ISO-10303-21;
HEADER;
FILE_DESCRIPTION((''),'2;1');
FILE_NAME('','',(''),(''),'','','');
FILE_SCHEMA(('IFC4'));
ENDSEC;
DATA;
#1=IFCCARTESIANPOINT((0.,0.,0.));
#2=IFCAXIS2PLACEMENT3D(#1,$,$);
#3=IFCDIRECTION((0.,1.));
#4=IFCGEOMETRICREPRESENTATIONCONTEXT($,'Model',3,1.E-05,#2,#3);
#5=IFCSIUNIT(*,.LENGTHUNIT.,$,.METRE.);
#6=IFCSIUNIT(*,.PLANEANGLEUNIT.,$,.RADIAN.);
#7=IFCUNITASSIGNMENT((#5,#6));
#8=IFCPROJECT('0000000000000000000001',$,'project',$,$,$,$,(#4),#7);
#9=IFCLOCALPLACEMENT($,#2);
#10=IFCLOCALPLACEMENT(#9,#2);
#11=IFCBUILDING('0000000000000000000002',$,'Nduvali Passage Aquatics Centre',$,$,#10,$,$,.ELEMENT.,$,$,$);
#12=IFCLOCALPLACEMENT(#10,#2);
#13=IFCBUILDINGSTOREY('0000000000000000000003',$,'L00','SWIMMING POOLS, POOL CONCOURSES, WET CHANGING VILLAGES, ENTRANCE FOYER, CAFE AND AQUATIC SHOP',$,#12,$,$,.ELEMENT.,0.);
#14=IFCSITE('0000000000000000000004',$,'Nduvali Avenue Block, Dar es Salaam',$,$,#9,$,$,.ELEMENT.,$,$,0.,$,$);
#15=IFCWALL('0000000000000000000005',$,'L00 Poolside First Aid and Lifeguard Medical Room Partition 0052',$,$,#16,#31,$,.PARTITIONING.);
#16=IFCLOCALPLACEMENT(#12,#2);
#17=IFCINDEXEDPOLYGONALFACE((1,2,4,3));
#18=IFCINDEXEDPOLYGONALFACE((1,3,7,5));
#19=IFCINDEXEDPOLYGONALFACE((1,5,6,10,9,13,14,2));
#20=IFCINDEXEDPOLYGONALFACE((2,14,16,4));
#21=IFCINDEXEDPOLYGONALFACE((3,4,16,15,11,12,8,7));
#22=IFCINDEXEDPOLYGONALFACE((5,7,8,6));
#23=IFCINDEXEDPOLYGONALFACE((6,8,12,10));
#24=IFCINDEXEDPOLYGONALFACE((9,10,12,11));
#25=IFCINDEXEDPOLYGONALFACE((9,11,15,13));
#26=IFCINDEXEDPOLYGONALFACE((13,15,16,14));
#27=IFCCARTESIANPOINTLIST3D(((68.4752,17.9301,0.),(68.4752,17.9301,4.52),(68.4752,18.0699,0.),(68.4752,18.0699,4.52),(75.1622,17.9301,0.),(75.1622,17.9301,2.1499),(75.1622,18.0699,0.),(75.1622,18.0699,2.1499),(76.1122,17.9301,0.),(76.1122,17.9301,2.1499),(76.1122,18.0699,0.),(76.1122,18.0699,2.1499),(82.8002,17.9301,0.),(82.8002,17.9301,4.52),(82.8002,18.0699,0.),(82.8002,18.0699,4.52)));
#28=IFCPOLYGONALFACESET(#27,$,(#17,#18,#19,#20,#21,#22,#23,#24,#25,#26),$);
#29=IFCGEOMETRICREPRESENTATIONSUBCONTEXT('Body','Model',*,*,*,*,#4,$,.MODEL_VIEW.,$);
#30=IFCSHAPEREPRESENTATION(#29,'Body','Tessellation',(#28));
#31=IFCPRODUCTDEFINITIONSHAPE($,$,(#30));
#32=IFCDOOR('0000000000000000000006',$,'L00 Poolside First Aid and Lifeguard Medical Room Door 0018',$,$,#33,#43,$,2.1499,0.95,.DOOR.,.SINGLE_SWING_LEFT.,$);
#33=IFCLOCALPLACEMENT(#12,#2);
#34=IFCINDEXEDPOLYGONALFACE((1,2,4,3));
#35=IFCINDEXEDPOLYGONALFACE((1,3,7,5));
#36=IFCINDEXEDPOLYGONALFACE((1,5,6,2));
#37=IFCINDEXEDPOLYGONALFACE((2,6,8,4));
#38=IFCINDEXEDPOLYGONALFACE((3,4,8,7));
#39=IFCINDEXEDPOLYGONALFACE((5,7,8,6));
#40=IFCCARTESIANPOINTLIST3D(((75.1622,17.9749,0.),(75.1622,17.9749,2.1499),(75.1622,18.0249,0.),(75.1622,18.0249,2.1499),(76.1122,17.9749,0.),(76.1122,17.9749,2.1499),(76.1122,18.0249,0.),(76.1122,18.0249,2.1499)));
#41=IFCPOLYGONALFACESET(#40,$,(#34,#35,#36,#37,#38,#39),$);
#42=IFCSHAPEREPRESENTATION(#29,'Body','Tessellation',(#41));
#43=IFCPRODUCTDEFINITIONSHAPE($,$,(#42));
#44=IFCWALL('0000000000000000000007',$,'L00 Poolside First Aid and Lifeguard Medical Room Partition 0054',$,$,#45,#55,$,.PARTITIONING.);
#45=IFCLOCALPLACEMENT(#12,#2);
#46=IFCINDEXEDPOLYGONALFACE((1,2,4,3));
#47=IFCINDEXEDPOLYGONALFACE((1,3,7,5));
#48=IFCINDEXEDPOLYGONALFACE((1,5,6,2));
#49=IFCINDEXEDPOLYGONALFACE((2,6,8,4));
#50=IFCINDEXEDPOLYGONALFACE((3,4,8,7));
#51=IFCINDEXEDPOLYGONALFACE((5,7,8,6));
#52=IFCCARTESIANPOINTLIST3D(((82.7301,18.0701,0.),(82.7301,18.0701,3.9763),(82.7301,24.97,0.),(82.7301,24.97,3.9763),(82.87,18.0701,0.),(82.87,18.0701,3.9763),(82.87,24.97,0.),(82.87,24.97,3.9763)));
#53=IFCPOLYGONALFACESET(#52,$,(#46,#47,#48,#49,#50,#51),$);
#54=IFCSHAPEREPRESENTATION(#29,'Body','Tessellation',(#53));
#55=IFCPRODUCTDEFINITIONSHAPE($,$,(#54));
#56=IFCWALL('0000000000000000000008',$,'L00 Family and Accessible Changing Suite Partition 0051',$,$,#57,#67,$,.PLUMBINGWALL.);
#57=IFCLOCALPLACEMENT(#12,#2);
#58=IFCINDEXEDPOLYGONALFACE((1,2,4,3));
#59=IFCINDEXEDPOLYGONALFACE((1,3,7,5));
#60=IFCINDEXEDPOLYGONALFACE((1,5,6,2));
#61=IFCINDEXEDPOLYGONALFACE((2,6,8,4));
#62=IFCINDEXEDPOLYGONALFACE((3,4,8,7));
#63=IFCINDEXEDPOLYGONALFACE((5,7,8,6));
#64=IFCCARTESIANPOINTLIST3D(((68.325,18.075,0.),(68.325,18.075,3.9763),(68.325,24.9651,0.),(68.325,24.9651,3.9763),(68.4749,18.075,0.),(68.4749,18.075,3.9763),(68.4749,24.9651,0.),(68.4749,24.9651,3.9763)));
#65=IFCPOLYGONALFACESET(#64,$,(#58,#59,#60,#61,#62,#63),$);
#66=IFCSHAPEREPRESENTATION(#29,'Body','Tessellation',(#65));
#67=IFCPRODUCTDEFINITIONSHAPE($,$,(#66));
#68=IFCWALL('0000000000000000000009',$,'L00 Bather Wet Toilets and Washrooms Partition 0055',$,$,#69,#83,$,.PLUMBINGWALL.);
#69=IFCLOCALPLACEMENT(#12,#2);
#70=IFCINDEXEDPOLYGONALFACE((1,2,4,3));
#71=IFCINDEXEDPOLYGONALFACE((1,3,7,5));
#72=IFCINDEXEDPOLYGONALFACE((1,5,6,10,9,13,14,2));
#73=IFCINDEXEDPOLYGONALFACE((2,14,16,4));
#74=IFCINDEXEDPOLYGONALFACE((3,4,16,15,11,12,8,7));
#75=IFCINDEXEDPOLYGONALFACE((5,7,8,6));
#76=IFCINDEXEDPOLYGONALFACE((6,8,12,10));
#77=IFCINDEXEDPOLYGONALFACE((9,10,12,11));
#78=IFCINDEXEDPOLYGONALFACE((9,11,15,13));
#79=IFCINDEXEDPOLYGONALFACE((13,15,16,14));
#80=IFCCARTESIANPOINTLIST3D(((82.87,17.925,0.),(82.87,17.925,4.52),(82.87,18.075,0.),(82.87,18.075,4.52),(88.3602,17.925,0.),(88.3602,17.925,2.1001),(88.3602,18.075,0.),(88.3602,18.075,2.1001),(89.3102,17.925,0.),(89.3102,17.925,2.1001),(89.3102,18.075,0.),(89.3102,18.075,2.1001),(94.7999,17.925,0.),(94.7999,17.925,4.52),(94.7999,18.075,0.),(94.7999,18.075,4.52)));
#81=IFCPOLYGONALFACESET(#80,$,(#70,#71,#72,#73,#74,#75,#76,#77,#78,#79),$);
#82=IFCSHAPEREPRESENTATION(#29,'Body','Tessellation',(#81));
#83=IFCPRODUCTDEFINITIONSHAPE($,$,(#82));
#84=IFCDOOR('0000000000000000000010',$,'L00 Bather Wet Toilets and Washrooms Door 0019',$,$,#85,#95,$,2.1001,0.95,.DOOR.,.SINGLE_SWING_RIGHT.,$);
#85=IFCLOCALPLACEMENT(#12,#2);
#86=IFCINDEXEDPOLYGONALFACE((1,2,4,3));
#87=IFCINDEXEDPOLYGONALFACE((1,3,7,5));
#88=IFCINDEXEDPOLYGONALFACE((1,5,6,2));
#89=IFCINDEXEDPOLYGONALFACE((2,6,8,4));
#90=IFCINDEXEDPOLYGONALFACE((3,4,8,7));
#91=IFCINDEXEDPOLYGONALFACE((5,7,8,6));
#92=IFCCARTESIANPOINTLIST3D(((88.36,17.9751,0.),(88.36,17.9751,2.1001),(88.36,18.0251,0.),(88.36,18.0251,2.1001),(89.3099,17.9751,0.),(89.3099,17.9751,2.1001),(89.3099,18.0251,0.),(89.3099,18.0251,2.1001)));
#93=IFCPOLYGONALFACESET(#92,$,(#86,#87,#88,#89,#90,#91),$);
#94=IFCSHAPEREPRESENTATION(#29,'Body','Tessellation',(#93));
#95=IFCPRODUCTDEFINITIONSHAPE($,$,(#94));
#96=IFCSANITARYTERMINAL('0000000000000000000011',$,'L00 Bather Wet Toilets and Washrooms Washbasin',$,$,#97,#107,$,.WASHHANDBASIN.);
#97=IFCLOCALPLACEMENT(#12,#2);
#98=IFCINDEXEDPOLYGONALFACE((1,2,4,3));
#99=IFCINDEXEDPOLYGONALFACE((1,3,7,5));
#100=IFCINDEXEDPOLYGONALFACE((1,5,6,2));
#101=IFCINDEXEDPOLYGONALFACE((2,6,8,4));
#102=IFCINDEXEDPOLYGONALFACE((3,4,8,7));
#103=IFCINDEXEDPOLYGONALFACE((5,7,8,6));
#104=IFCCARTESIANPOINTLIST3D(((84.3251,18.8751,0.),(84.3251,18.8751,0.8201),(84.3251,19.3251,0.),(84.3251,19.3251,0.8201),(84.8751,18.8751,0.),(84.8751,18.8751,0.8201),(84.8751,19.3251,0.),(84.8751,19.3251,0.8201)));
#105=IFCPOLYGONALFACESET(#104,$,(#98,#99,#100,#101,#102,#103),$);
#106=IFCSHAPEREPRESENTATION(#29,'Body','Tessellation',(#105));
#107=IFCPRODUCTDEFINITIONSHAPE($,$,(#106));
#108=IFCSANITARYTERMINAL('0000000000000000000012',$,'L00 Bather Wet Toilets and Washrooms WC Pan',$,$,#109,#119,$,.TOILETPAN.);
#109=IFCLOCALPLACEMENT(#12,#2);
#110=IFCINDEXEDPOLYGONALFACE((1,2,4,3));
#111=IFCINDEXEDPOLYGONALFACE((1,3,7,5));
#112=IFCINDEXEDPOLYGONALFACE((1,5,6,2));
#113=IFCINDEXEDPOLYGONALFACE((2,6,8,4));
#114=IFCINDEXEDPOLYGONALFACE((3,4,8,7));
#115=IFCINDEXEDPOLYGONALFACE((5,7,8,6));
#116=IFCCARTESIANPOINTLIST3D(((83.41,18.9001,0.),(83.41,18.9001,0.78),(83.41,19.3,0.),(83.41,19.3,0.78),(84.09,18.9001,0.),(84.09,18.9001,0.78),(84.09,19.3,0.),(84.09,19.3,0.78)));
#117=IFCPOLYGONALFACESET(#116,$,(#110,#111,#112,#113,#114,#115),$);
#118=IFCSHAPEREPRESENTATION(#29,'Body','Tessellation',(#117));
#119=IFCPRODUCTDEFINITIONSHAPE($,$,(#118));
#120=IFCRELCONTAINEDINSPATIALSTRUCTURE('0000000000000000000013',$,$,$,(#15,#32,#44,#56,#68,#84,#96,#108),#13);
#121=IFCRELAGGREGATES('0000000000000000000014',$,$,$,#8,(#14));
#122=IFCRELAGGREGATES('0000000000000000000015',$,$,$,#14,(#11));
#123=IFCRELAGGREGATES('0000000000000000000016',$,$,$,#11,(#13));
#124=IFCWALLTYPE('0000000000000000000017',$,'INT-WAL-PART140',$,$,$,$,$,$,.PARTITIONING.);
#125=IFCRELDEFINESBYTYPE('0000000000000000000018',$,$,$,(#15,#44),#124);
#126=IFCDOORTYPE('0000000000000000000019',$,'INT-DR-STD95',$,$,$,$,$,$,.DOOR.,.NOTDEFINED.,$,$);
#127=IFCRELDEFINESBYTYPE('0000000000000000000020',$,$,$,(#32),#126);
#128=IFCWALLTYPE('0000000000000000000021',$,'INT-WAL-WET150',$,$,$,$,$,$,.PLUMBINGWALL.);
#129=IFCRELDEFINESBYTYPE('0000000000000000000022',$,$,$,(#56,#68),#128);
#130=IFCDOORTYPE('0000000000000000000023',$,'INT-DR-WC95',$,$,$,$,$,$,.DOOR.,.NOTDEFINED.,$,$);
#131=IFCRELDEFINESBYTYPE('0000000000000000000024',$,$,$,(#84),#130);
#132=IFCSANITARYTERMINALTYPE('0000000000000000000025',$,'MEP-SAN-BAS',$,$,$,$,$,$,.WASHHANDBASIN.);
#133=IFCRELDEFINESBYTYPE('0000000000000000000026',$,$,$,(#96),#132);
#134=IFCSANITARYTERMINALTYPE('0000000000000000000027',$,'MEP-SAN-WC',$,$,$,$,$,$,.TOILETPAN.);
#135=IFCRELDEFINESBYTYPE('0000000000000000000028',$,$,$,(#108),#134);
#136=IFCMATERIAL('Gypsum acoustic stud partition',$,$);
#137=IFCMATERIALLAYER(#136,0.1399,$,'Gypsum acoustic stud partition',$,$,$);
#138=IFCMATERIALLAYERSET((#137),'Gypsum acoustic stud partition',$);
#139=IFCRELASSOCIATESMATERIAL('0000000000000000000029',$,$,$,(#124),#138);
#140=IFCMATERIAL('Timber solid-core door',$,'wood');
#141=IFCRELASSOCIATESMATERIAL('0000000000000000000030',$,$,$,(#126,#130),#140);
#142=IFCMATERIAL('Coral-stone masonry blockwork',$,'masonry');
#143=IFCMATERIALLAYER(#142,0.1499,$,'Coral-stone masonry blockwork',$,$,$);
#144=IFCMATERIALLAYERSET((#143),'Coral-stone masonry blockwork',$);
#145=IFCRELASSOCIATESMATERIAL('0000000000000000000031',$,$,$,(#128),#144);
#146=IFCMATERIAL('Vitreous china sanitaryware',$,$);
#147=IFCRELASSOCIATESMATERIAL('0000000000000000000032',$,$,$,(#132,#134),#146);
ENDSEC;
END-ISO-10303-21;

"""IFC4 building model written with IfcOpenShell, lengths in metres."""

from ifc_helpers import new_model, si_unit, direction, frame, frame_2d, origin, origin_2d, place, context, subcontext, project, spatial, rectangle, extrude, material, layer, layer_set, type_object, element, fill, save


model = new_model("IFC4")

# Units and contexts
model_context = context("Model", 3, precision=1e-05, world=origin(), true_north=direction((0.0, 1.0)))
body_context = subcontext(model_context, "Body", "Model", "MODEL_VIEW")
ifc_project = project(units=[si_unit("LENGTHUNIT", "METRE"), si_unit("PLANEANGLEUNIT", "RADIAN")], contexts=[model_context])

# Site, building, storey
site_placement = place(None, origin())
site = spatial("IfcSite", under=ifc_project, at=site_placement, Name="Nduvali Avenue Block, Dar es Salaam", CompositionType="ELEMENT", RefElevation=0.0)
building_placement = place(site_placement, origin())
building = spatial("IfcBuilding", under=site, at=building_placement, Name="Nduvali Passage Aquatics Centre", CompositionType="ELEMENT")
storey_placement = place(building_placement, origin())
storey = spatial("IfcBuildingStorey", under=building, at=storey_placement, Name="L00", Description="SWIMMING POOLS, POOL CONCOURSES, WET CHANGING VILLAGES, ENTRANCE FOYER, CAFE AND AQUATIC SHOP", CompositionType="ELEMENT", Elevation=0.0)

# Wall, opening, door
ifc_material_1 = material(Name="Gypsum acoustic stud partition")
ifc_layer_1 = layer(ifc_material_1, 0.1399, Name="Gypsum acoustic stud partition")
ifc_layer_set_1 = layer_set([ifc_layer_1], Name="Gypsum acoustic stud partition")
wall_type_1 = type_object("IfcWallType", Name="INT-WAL-PART140", PredefinedType="PARTITIONING", material=ifc_layer_set_1)
wall_1_placement = place(storey_placement, frame((68.4751, 18.0, 0.0), z_axis=(0.0, 0.0, 1.0), x_axis=(1.0, 0.0, 0.0)))
wall_1 = element("IfcWall", 1, at=wall_1_placement, inside=storey, type_object=wall_type_1, Name="L00 Poolside First Aid and Lifeguard Medical Room Partition 0052", PredefinedType="PARTITIONING", context=body_context, shape_type="SweptSolid", body=[
    extrude(rectangle(XDim=14.325, YDim=0.1399, at=frame_2d((7.1626, 0.0))), origin(), (0.0, 0.0, 1.0), 4.52),
])
opening_1_placement = place(wall_1_placement, frame((6.687, 0.0, 0.0)))
opening_1 = element("IfcOpeningElement", 2, at=opening_1_placement, cuts=wall_1, PredefinedType="OPENING", context=body_context, shape_type="SweptSolid", body=[
    extrude(rectangle(XDim=0.95, YDim=2.1499, at=frame_2d((0.4751, 1.075))), frame((0.0, 0.085, 0.0), z_axis=(0.0, -1.0, 0.0), x_axis=(1.0, 0.0, 0.0)), (0.0, 0.0, 1.0), 0.1697),
])
ifc_material_2 = material(Name="Timber solid-core door", Category="wood")
door_type_1 = type_object("IfcDoorType", Name="INT-DR-STD95", OperationType="NOTDEFINED", PredefinedType="DOOR", material=ifc_material_2)
door_1_placement = place(opening_1_placement, origin())
door_1 = element("IfcDoor", 3, at=door_1_placement, inside=storey, type_object=door_type_1, Name="L00 Poolside First Aid and Lifeguard Medical Room Door 0018", OperationType="SINGLE_SWING_LEFT", OverallHeight=2.1499, OverallWidth=0.95, PredefinedType="DOOR", context=body_context, shape_type="SweptSolid", body=[
    extrude(rectangle(XDim=0.95, YDim=2.1499, at=frame_2d((0.4751, 1.075))), frame((0.0, 0.0249, 0.0), z_axis=(0.0, -1.0, 0.0), x_axis=(1.0, 0.0, 0.0)), (0.0, 0.0, 1.0), 0.05),
])
fill(opening_1, door_1)

# Walls
wall_2_placement = place(storey_placement, frame((82.8, 18.0701, 0.0), z_axis=(0.0, 0.0, 1.0), x_axis=(0.0, 1.0, 0.0)))
element("IfcWall", 4, at=wall_2_placement, inside=storey, type_object=wall_type_1, Name="L00 Poolside First Aid and Lifeguard Medical Room Partition 0054", PredefinedType="PARTITIONING", context=body_context, shape_type="SweptSolid", body=[
    extrude(rectangle(XDim=6.8999, YDim=0.1399, at=frame_2d((3.45, 0.0))), origin(), (0.0, 0.0, 1.0), 3.9763),
])
ifc_material_3 = material(Name="Coral-stone masonry blockwork", Category="masonry")
ifc_layer_2 = layer(ifc_material_3, 0.1499, Name="Coral-stone masonry blockwork")
ifc_layer_set_2 = layer_set([ifc_layer_2], Name="Coral-stone masonry blockwork")
wall_type_2 = type_object("IfcWallType", Name="INT-WAL-WET150", PredefinedType="PLUMBINGWALL", material=ifc_layer_set_2)
wall_3_placement = place(storey_placement, frame((68.3999, 18.075, 0.0), z_axis=(0.0, 0.0, 1.0), x_axis=(0.0, 1.0, 0.0)))
element("IfcWall", 5, at=wall_3_placement, inside=storey, type_object=wall_type_2, Name="L00 Family and Accessible Changing Suite Partition 0051", PredefinedType="PLUMBINGWALL", context=body_context, shape_type="SweptSolid", body=[
    extrude(rectangle(XDim=6.8901, YDim=0.1499, at=frame_2d((3.4451, 0.0))), origin(), (0.0, 0.0, 1.0), 3.9763),
])

# Wall, opening, door
wall_4_placement = place(storey_placement, frame((82.8701, 18.0, 0.0), z_axis=(0.0, 0.0, 1.0), x_axis=(1.0, 0.0, 0.0)))
wall_4 = element("IfcWall", 6, at=wall_4_placement, inside=storey, type_object=wall_type_2, Name="L00 Bather Wet Toilets and Washrooms Partition 0055", PredefinedType="PLUMBINGWALL", context=body_context, shape_type="SweptSolid", body=[
    extrude(rectangle(XDim=11.9299, YDim=0.1499, at=frame_2d((5.9648, 0.0))), origin(), (0.0, 0.0, 1.0), 4.52),
])
opening_2_placement = place(wall_4_placement, frame((5.49, 0.0, 0.0)))
opening_2 = element("IfcOpeningElement", 7, at=opening_2_placement, cuts=wall_4, PredefinedType="OPENING", context=body_context, shape_type="SweptSolid", body=[
    extrude(rectangle(XDim=0.95, YDim=2.1001, at=frame_2d((0.4751, 1.05))), frame((0.0, 0.0898, 0.0), z_axis=(0.0, -1.0, 0.0), x_axis=(1.0, 0.0, 0.0)), (0.0, 0.0, 1.0), 0.1797),
])
door_type_2 = type_object("IfcDoorType", Name="INT-DR-WC95", OperationType="NOTDEFINED", PredefinedType="DOOR", material=ifc_material_2)
door_2_placement = place(opening_2_placement, frame((0.95, 0.0, 0.0), z_axis=(0.0, 0.0, 1.0), x_axis=(-1.0, 0.0, 0.0)))
door_2 = element("IfcDoor", 8, at=door_2_placement, inside=storey, type_object=door_type_2, Name="L00 Bather Wet Toilets and Washrooms Door 0019", OperationType="SINGLE_SWING_RIGHT", OverallHeight=2.1001, OverallWidth=0.95, PredefinedType="DOOR", context=body_context, shape_type="SweptSolid", body=[
    extrude(rectangle(XDim=0.95, YDim=2.1001, at=frame_2d((0.4751, 1.05))), frame((0.0, 0.0249, 0.0), z_axis=(0.0, -1.0, 0.0), x_axis=(1.0, 0.0, 0.0)), (0.0, 0.0, 1.0), 0.05),
])
fill(opening_2, door_2)

# Sanitary terminals
ifc_material_4 = material(Name="Vitreous china sanitaryware")
sanitary_terminal_type_1 = type_object("IfcSanitaryTerminalType", Name="MEP-SAN-BAS", PredefinedType="WASHHANDBASIN", material=ifc_material_4)
sanitary_terminal_1_placement = place(storey_placement, frame((84.6001, 19.1001, 0.0), z_axis=(0.0, 0.0, 1.0), x_axis=(1.0, 0.0, 0.0)))
element("IfcSanitaryTerminal", 9, at=sanitary_terminal_1_placement, inside=storey, type_object=sanitary_terminal_type_1, Name="L00 Bather Wet Toilets and Washrooms Washbasin", PredefinedType="WASHHANDBASIN", context=body_context, shape_type="SweptSolid", body=[
    extrude(rectangle(XDim=0.55, YDim=0.45, at=origin_2d()), origin(), (0.0, 0.0, 1.0), 0.8201),
])
sanitary_terminal_type_2 = type_object("IfcSanitaryTerminalType", Name="MEP-SAN-WC", PredefinedType="TOILETPAN", material=ifc_material_4)
sanitary_terminal_2_placement = place(storey_placement, frame((83.75, 19.1001, 0.0), z_axis=(0.0, 0.0, 1.0), x_axis=(1.0, 0.0, 0.0)))
element("IfcSanitaryTerminal", 10, at=sanitary_terminal_2_placement, inside=storey, type_object=sanitary_terminal_type_2, Name="L00 Bather Wet Toilets and Washrooms WC Pan", PredefinedType="TOILETPAN", context=body_context, shape_type="SweptSolid", body=[
    extrude(rectangle(XDim=0.6799, YDim=0.3999, at=origin_2d()), origin(), (0.0, 0.0, 1.0), 0.78),
])

save(model, "model.ifc")
